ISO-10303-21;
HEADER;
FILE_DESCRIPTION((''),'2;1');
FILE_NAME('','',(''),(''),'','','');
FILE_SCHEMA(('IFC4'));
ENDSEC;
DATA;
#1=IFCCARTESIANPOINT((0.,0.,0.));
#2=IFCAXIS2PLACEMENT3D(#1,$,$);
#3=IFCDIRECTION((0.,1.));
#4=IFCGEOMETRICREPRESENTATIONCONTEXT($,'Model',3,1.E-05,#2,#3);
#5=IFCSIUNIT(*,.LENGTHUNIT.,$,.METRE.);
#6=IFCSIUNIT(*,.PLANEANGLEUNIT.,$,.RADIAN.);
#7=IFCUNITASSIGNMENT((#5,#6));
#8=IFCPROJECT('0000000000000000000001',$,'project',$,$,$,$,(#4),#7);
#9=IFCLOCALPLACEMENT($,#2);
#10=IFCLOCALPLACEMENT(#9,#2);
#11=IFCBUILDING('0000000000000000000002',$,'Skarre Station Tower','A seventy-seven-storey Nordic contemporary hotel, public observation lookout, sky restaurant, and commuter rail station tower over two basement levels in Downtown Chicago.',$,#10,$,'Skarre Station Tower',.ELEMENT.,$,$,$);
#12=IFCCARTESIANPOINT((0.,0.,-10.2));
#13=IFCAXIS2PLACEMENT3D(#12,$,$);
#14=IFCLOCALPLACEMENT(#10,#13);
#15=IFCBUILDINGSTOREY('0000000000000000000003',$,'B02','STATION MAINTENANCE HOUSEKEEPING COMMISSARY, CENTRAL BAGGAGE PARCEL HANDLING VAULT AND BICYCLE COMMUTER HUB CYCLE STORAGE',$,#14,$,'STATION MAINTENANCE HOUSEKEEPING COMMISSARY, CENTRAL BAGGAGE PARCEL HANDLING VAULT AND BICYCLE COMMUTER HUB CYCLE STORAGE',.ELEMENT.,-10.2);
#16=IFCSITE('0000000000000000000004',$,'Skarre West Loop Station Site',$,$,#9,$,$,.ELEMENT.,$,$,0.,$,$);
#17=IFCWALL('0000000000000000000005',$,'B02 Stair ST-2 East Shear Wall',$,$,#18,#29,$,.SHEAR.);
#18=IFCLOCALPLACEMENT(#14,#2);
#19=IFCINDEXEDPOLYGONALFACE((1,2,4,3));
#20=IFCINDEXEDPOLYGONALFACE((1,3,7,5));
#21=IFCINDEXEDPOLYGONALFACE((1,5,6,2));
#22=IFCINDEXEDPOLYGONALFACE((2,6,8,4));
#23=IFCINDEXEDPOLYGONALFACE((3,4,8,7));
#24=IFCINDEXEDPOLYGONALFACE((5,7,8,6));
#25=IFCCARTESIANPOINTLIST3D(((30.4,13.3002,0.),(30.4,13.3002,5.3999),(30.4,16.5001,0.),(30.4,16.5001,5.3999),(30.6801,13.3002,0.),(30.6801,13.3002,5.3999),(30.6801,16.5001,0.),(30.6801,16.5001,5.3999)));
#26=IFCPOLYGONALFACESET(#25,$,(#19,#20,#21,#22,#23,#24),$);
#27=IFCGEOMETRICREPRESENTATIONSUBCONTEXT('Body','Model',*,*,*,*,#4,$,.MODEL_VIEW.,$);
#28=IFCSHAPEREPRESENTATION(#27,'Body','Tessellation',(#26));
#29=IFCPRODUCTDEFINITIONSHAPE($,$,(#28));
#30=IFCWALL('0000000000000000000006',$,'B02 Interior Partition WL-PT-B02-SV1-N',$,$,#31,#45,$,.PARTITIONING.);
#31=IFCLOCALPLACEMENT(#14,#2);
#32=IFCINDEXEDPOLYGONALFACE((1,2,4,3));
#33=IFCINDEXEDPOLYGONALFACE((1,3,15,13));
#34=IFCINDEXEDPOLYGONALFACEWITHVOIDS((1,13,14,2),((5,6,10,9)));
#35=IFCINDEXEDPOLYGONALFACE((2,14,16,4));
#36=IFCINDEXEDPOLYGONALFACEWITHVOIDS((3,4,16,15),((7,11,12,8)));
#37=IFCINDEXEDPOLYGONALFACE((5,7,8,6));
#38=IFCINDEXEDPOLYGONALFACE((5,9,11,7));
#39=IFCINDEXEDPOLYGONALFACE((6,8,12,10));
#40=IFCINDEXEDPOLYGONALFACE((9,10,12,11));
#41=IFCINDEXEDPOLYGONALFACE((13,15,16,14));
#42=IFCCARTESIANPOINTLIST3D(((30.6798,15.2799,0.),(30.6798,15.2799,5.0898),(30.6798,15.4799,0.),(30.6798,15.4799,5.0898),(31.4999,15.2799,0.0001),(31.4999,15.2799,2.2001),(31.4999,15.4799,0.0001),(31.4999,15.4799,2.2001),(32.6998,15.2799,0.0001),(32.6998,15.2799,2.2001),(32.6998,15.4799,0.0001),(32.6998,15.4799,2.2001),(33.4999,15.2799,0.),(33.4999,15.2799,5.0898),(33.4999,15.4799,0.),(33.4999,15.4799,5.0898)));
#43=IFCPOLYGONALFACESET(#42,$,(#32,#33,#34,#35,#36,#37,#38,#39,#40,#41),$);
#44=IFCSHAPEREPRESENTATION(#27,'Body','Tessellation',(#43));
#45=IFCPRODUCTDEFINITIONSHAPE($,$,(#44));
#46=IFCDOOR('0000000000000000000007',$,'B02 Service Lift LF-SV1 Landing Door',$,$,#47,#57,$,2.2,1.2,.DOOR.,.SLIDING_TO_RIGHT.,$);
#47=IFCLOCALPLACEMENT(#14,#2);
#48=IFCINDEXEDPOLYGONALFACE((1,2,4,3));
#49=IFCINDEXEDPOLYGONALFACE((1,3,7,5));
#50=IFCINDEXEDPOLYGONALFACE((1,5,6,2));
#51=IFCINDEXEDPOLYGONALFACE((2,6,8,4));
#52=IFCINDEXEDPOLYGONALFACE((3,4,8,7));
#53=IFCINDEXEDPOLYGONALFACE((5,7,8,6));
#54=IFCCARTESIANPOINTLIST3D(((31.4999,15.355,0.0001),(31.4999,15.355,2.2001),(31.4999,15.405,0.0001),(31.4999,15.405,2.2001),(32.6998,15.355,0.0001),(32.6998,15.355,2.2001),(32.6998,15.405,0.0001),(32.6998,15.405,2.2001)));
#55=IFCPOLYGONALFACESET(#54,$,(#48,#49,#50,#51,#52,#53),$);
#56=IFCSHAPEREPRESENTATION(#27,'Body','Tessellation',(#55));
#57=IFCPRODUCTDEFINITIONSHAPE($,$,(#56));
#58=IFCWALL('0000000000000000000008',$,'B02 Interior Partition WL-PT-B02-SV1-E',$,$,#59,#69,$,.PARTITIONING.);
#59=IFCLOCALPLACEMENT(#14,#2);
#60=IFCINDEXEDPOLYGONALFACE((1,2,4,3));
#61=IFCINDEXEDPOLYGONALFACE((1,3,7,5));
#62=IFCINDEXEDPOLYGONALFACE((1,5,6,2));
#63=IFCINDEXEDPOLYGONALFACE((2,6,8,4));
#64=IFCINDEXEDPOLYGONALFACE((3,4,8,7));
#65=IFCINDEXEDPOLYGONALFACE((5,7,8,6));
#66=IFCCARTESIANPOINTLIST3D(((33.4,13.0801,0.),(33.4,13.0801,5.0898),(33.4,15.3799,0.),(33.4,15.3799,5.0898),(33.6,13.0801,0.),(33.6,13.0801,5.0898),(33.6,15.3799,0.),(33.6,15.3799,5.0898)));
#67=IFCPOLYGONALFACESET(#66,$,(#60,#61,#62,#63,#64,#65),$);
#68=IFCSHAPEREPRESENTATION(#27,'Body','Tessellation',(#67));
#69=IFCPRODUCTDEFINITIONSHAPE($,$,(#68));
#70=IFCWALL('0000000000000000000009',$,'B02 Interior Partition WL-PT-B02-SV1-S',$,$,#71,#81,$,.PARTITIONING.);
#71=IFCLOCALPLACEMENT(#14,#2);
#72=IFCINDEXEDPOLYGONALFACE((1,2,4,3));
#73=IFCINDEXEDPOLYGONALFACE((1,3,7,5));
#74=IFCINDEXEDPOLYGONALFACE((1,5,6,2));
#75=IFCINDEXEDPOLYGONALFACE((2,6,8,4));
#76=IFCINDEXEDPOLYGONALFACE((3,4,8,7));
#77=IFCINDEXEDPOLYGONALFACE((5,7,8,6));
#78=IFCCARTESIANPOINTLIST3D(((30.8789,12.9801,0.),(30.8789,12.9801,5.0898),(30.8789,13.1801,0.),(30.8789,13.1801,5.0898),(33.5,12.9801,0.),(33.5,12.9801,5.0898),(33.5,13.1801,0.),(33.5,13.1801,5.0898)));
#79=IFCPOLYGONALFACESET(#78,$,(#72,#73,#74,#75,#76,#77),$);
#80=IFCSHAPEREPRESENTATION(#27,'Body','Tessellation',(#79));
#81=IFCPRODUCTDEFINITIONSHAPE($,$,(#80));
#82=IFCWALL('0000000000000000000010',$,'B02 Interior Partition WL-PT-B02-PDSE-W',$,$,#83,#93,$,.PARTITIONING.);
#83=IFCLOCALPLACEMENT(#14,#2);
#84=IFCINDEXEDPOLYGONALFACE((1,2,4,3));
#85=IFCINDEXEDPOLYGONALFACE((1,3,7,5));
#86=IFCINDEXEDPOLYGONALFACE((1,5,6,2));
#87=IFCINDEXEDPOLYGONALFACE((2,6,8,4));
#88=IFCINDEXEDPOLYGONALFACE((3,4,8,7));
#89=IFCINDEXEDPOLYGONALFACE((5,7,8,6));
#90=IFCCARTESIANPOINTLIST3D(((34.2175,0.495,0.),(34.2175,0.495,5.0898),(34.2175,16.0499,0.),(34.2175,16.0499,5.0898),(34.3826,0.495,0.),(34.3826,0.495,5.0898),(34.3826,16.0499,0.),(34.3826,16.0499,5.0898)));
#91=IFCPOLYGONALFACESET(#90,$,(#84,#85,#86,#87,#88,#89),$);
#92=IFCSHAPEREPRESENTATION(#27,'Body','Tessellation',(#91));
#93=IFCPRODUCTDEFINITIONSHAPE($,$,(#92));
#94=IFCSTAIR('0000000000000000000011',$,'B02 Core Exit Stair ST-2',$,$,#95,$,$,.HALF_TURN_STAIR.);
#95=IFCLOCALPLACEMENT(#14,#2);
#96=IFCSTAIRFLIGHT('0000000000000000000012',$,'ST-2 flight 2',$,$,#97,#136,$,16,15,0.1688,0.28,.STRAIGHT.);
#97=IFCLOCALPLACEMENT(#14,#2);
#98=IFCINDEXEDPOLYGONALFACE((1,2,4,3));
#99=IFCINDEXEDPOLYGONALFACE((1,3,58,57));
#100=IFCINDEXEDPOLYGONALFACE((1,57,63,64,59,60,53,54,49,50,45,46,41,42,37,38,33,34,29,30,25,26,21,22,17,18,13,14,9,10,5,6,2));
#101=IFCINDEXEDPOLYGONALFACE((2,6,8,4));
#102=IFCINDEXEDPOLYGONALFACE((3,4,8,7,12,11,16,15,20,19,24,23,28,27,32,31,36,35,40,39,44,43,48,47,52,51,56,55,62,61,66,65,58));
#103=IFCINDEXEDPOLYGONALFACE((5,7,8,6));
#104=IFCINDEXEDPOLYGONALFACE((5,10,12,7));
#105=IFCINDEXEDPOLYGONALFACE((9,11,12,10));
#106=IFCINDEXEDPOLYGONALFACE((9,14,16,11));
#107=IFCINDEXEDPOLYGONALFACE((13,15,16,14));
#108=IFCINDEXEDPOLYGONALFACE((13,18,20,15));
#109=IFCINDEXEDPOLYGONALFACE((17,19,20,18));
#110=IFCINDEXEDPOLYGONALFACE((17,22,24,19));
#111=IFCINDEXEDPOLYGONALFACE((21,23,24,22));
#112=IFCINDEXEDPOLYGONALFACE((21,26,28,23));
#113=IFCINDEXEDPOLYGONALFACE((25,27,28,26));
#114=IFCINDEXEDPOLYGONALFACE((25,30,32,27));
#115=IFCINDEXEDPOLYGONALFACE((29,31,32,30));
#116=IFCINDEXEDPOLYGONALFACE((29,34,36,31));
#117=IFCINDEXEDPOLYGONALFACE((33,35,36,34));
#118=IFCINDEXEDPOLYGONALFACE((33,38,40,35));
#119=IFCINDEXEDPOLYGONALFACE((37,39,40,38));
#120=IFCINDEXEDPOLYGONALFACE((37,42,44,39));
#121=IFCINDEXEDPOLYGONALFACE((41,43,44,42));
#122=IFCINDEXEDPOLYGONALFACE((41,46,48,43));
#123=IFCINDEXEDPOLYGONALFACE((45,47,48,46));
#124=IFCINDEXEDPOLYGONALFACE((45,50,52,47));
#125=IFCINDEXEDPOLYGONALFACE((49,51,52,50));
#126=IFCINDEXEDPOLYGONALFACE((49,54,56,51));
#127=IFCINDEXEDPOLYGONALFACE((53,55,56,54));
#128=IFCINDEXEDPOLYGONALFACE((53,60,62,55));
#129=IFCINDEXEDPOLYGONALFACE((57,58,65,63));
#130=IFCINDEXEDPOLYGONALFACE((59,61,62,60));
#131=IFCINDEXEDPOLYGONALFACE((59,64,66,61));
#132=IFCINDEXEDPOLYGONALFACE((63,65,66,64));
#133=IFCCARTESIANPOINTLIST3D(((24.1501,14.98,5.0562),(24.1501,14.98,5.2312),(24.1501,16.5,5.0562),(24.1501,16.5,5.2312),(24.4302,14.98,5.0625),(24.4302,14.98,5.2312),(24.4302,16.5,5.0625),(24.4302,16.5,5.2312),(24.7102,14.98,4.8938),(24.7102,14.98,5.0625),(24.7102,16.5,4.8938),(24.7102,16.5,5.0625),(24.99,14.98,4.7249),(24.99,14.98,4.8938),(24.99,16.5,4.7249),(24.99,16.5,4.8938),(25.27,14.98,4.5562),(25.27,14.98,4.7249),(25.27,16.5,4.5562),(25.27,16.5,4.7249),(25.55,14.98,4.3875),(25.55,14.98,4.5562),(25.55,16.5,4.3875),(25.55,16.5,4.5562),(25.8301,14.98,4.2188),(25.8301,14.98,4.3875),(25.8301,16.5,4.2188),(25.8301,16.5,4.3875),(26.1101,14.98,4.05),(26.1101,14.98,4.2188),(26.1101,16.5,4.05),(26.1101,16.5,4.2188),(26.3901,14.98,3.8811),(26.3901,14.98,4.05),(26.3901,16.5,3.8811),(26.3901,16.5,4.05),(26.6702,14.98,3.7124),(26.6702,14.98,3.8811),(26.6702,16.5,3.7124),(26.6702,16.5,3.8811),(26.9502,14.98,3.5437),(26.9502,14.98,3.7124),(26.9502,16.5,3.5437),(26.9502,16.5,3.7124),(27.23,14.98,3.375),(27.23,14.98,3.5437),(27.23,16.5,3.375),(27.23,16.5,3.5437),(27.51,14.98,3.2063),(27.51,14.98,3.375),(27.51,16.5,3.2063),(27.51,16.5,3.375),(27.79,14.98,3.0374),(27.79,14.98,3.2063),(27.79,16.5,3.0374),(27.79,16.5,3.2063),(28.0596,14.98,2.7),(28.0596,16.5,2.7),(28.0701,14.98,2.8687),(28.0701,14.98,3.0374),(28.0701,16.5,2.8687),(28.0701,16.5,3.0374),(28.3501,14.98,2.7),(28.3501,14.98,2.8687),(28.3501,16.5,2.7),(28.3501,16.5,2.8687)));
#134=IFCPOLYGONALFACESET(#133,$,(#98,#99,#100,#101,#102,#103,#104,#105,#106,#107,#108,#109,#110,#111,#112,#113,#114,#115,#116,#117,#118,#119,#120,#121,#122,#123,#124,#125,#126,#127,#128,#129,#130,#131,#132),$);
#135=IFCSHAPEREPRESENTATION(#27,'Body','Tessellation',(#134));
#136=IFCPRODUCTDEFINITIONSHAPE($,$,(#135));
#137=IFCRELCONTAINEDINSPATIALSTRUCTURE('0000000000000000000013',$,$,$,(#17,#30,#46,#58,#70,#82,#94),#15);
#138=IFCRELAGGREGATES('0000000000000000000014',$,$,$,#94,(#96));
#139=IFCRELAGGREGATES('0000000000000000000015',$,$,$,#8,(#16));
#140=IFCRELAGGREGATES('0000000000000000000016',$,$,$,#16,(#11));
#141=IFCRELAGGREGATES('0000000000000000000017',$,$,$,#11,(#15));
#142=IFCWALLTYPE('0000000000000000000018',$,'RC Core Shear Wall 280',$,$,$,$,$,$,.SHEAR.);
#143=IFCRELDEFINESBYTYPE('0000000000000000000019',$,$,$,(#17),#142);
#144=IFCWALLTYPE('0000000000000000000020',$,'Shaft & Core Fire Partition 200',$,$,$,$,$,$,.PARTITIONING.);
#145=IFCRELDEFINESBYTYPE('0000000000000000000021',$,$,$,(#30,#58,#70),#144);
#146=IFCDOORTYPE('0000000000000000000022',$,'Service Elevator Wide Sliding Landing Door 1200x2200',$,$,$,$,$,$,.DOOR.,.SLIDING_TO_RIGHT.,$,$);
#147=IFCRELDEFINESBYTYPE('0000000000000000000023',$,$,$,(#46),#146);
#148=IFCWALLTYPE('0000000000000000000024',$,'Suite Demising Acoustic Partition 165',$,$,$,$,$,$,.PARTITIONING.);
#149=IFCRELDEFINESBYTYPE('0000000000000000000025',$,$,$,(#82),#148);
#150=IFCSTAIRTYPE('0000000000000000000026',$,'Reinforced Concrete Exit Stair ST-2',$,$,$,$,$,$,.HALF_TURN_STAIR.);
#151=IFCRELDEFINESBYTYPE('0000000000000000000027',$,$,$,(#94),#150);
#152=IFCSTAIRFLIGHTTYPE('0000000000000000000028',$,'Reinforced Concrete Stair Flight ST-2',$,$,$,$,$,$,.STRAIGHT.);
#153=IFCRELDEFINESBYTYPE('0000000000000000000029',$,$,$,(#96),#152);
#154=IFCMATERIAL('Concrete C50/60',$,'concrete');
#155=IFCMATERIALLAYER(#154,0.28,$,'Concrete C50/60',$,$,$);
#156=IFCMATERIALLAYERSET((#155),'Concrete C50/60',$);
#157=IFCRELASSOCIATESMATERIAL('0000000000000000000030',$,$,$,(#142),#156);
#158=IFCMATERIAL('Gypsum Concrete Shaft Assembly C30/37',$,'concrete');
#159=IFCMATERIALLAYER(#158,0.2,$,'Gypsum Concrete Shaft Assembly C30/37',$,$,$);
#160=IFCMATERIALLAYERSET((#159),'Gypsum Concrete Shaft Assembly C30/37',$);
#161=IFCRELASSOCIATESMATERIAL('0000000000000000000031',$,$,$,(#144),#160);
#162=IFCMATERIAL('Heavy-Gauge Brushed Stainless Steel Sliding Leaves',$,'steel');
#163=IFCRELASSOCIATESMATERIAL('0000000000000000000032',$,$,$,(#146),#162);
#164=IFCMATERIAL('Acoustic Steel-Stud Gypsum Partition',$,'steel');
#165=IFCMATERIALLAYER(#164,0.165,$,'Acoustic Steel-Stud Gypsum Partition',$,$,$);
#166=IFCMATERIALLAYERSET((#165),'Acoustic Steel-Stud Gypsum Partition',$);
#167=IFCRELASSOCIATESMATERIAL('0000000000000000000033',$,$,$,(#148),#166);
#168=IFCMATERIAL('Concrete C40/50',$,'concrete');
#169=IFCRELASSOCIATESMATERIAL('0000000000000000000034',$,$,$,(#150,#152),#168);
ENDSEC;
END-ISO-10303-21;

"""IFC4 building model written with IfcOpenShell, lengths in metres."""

from ifc_helpers import new_model, si_unit, direction, frame, frame_2d, origin, place, context, subcontext, project, spatial, polyline, rectangle, outline, extrude, material, layer, layer_set, type_object, element, fill, aggregate, save


model = new_model("IFC4")

# Units and contexts
model_context = context("Model", 3, precision=1e-05, world=origin(), true_north=direction((0.0, 1.0)))
body_context = subcontext(model_context, "Body", "Model", "MODEL_VIEW")
ifc_project = project(units=[si_unit("LENGTHUNIT", "METRE"), si_unit("PLANEANGLEUNIT", "RADIAN")], contexts=[model_context])

# Site, building, storey
site_placement = place(None, origin())
site = spatial("IfcSite", under=ifc_project, at=site_placement, Name="Skarre West Loop Station Site", CompositionType="ELEMENT", RefElevation=0.0)
building_placement = place(site_placement, origin())
building = spatial("IfcBuilding", under=site, at=building_placement, Name="Skarre Station Tower", Description="A seventy-seven-storey Nordic contemporary hotel, public observation lookout, sky restaurant, and commuter rail station tower over two basement levels in Downtown Chicago.", LongName="Skarre Station Tower", CompositionType="ELEMENT")
storey_placement = place(building_placement, frame((0.0, 0.0, -10.2)))
storey = spatial("IfcBuildingStorey", under=building, at=storey_placement, Name="B02", Description="STATION MAINTENANCE HOUSEKEEPING COMMISSARY, CENTRAL BAGGAGE PARCEL HANDLING VAULT AND BICYCLE COMMUTER HUB CYCLE STORAGE", LongName="STATION MAINTENANCE HOUSEKEEPING COMMISSARY, CENTRAL BAGGAGE PARCEL HANDLING VAULT AND BICYCLE COMMUTER HUB CYCLE STORAGE", CompositionType="ELEMENT", Elevation=-10.2)

# Shared definitions
ifc_material_1 = material(Name="Concrete C50/60", Category="concrete")

# Shared definitions
ifc_material_2 = material(Name="Acoustic Steel-Stud Gypsum Partition", Category="steel")
ifc_layer_1 = layer(ifc_material_1, 0.28, Name="Concrete C50/60")
ifc_layer_set_1 = layer_set([ifc_layer_1], Name="Concrete C50/60")
wall_type_1 = type_object("IfcWallType", Name="RC Core Shear Wall 280", PredefinedType="SHEAR", material=ifc_layer_set_1)

# Wall
wall_1_placement = place(storey_placement, frame((30.54, 13.3, 0.0), z_axis=(0.0, 0.0, 1.0), x_axis=(0.0, 1.0, 0.0)))
element("IfcWall", 1, at=wall_1_placement, inside=storey, type_object=wall_type_1, Name="B02 Stair ST-2 East Shear Wall", PredefinedType="SHEAR", context=body_context, shape_type="SweptSolid", body=[
    extrude(rectangle(XDim=3.2, YDim=0.28, at=frame_2d((1.6001, 0.0))), origin(), (0.0, 0.0, 1.0), 5.3999),
])

# Wall, opening, door
ifc_material_3 = material(Name="Gypsum Concrete Shaft Assembly C30/37", Category="concrete")
ifc_layer_2 = layer(ifc_material_3, 0.2, Name="Gypsum Concrete Shaft Assembly C30/37")
ifc_layer_set_2 = layer_set([ifc_layer_2], Name="Gypsum Concrete Shaft Assembly C30/37")
wall_type_2 = type_object("IfcWallType", Name="Shaft & Core Fire Partition 200", PredefinedType="PARTITIONING", material=ifc_layer_set_2)
wall_2_placement = place(storey_placement, frame((33.5, 15.3799, 0.0), z_axis=(0.0, 0.0, 1.0), x_axis=(-1.0, 0.0, 0.0)))
wall_2 = element("IfcWall", 2, at=wall_2_placement, inside=storey, type_object=wall_type_2, Name="B02 Interior Partition WL-PT-B02-SV1-N", PredefinedType="PARTITIONING", context=body_context, shape_type="SweptSolid", body=[
    extrude(rectangle(XDim=2.8201, YDim=0.2, at=frame_2d((1.4102, 0.0))), origin(), (0.0, 0.0, 1.0), 5.0898),
])
opening_1_placement = place(wall_2_placement, frame((0.8, 0.0, 0.0)))
opening_1 = element("IfcOpeningElement", 3, at=opening_1_placement, cuts=wall_2, PredefinedType="OPENING", context=body_context, shape_type="SweptSolid", body=[
    extrude(rectangle(XDim=1.2, YDim=2.2, at=frame_2d((0.6001, 1.1001))), frame((0.0, 0.1099, 0.0), z_axis=(0.0, -1.0, 0.0), x_axis=(1.0, 0.0, 0.0)), (0.0, 0.0, 1.0), 0.22),
])
ifc_material_4 = material(Name="Heavy-Gauge Brushed Stainless Steel Sliding Leaves", Category="steel")
door_type_1 = type_object("IfcDoorType", Name="Service Elevator Wide Sliding Landing Door 1200x2200", OperationType="SLIDING_TO_RIGHT", PredefinedType="DOOR", material=ifc_material_4)
door_1_placement = place(opening_1_placement, origin())
door_1 = element("IfcDoor", 4, at=door_1_placement, inside=storey, type_object=door_type_1, Name="B02 Service Lift LF-SV1 Landing Door", OperationType="SLIDING_TO_RIGHT", OverallHeight=2.2, OverallWidth=1.2, PredefinedType="DOOR", context=body_context, shape_type="SweptSolid", body=[
    extrude(rectangle(XDim=1.2, YDim=2.2, at=frame_2d((0.6001, 1.1001))), frame((0.0, 0.0249, 0.0), z_axis=(0.0, -1.0, 0.0), x_axis=(1.0, 0.0, 0.0)), (0.0, 0.0, 1.0), 0.05),
])
fill(opening_1, door_1)

# Walls
wall_3_placement = place(storey_placement, frame((33.5, 13.0801, 0.0), z_axis=(0.0, 0.0, 1.0), x_axis=(0.0, 1.0, 0.0)))
element("IfcWall", 5, at=wall_3_placement, inside=storey, type_object=wall_type_2, Name="B02 Interior Partition WL-PT-B02-SV1-E", PredefinedType="PARTITIONING", context=body_context, shape_type="SweptSolid", body=[
    extrude(rectangle(XDim=2.2998, YDim=0.2, at=frame_2d((1.1499, 0.0))), origin(), (0.0, 0.0, 1.0), 5.0898),
])
wall_4_placement = place(storey_placement, frame((30.8789, 13.0801, 0.0), z_axis=(0.0, 0.0, 1.0), x_axis=(1.0, 0.0, 0.0)))
element("IfcWall", 6, at=wall_4_placement, inside=storey, type_object=wall_type_2, Name="B02 Interior Partition WL-PT-B02-SV1-S", PredefinedType="PARTITIONING", context=body_context, shape_type="SweptSolid", body=[
    extrude(rectangle(XDim=2.6211, YDim=0.2, at=frame_2d((1.3105, 0.0))), origin(), (0.0, 0.0, 1.0), 5.0898),
])
ifc_layer_3 = layer(ifc_material_2, 0.165, Name="Acoustic Steel-Stud Gypsum Partition")
ifc_layer_set_3 = layer_set([ifc_layer_3], Name="Acoustic Steel-Stud Gypsum Partition")
wall_type_3 = type_object("IfcWallType", Name="Suite Demising Acoustic Partition 165", PredefinedType="PARTITIONING", material=ifc_layer_set_3)
wall_5_placement = place(storey_placement, frame((34.3, 0.4951, 0.0), z_axis=(0.0, 0.0, 1.0), x_axis=(0.0, 1.0, 0.0)))
element("IfcWall", 7, at=wall_5_placement, inside=storey, type_object=wall_type_3, Name="B02 Interior Partition WL-PT-B02-PDSE-W", PredefinedType="PARTITIONING", context=body_context, shape_type="SweptSolid", body=[
    extrude(rectangle(XDim=15.5549, YDim=0.165, at=frame_2d((7.7773, 0.0))), origin(), (0.0, 0.0, 1.0), 5.0898),
])

# Stair, stair flight
ifc_material_5 = material(Name="Concrete C40/50", Category="concrete")
stair_type = type_object("IfcStairType", Name="Reinforced Concrete Exit Stair ST-2", PredefinedType="HALF_TURN_STAIR", material=ifc_material_5)
stair_placement = place(storey_placement, origin())
stair = element("IfcStair", 8, at=stair_placement, inside=storey, type_object=stair_type, Name="B02 Core Exit Stair ST-2", PredefinedType="HALF_TURN_STAIR")
stair_flight_type = type_object("IfcStairFlightType", Name="Reinforced Concrete Stair Flight ST-2", PredefinedType="STRAIGHT", material=ifc_material_5)
stair_flight_placement = place(storey_placement, frame((28.3501, 15.74, 2.7), z_axis=(0.0, 0.0, 1.0), x_axis=(-1.0, 0.0, 0.0)))
stair_flight = element("IfcStairFlight", 9, at=stair_flight_placement, type_object=stair_flight_type, Name="ST-2 flight 2", NumberOfRisers=16, NumberOfTreads=15, PredefinedType="STRAIGHT", RiserHeight=0.1688, TreadLength=0.28, context=body_context, shape_type="SweptSolid", body=[
    extrude(outline(polyline([(0.0, 0.0), (0.0, 0.1687), (0.28, 0.1687), (0.28, 0.3374), (0.5601, 0.3374), (0.5601, 0.5063), (0.8401, 0.5063), (0.8401, 0.675), (1.1201, 0.675), (1.1201, 0.8438), (1.3999, 0.8438), (1.3999, 1.0125), (1.6799, 1.0125), (1.6799, 1.1812), (1.96, 1.1812), (1.96, 1.3501), (2.24, 1.3501), (2.24, 1.5188), (2.52, 1.5188), (2.52, 1.6875), (2.8, 1.6875), (2.8, 1.8562), (3.0801, 1.8562), (3.0801, 2.0249), (3.3601, 2.0249), (3.3601, 2.1938), (3.6399, 2.1938), (3.6399, 2.3625), (3.9199, 2.3625), (3.9199, 2.5312), (4.2, 2.5312), (4.2, 2.7), (4.2, 2.3562), (0.2905, 0.0), (0.0, 0.0)])), frame((0.0, 0.76, 0.0), z_axis=(0.0, -1.0, 0.0), x_axis=(1.0, 0.0, 0.0)), (0.0, 0.0, 1.0), 1.52),
])
aggregate(stair, [stair_flight])

save(model, "model.ifc")
